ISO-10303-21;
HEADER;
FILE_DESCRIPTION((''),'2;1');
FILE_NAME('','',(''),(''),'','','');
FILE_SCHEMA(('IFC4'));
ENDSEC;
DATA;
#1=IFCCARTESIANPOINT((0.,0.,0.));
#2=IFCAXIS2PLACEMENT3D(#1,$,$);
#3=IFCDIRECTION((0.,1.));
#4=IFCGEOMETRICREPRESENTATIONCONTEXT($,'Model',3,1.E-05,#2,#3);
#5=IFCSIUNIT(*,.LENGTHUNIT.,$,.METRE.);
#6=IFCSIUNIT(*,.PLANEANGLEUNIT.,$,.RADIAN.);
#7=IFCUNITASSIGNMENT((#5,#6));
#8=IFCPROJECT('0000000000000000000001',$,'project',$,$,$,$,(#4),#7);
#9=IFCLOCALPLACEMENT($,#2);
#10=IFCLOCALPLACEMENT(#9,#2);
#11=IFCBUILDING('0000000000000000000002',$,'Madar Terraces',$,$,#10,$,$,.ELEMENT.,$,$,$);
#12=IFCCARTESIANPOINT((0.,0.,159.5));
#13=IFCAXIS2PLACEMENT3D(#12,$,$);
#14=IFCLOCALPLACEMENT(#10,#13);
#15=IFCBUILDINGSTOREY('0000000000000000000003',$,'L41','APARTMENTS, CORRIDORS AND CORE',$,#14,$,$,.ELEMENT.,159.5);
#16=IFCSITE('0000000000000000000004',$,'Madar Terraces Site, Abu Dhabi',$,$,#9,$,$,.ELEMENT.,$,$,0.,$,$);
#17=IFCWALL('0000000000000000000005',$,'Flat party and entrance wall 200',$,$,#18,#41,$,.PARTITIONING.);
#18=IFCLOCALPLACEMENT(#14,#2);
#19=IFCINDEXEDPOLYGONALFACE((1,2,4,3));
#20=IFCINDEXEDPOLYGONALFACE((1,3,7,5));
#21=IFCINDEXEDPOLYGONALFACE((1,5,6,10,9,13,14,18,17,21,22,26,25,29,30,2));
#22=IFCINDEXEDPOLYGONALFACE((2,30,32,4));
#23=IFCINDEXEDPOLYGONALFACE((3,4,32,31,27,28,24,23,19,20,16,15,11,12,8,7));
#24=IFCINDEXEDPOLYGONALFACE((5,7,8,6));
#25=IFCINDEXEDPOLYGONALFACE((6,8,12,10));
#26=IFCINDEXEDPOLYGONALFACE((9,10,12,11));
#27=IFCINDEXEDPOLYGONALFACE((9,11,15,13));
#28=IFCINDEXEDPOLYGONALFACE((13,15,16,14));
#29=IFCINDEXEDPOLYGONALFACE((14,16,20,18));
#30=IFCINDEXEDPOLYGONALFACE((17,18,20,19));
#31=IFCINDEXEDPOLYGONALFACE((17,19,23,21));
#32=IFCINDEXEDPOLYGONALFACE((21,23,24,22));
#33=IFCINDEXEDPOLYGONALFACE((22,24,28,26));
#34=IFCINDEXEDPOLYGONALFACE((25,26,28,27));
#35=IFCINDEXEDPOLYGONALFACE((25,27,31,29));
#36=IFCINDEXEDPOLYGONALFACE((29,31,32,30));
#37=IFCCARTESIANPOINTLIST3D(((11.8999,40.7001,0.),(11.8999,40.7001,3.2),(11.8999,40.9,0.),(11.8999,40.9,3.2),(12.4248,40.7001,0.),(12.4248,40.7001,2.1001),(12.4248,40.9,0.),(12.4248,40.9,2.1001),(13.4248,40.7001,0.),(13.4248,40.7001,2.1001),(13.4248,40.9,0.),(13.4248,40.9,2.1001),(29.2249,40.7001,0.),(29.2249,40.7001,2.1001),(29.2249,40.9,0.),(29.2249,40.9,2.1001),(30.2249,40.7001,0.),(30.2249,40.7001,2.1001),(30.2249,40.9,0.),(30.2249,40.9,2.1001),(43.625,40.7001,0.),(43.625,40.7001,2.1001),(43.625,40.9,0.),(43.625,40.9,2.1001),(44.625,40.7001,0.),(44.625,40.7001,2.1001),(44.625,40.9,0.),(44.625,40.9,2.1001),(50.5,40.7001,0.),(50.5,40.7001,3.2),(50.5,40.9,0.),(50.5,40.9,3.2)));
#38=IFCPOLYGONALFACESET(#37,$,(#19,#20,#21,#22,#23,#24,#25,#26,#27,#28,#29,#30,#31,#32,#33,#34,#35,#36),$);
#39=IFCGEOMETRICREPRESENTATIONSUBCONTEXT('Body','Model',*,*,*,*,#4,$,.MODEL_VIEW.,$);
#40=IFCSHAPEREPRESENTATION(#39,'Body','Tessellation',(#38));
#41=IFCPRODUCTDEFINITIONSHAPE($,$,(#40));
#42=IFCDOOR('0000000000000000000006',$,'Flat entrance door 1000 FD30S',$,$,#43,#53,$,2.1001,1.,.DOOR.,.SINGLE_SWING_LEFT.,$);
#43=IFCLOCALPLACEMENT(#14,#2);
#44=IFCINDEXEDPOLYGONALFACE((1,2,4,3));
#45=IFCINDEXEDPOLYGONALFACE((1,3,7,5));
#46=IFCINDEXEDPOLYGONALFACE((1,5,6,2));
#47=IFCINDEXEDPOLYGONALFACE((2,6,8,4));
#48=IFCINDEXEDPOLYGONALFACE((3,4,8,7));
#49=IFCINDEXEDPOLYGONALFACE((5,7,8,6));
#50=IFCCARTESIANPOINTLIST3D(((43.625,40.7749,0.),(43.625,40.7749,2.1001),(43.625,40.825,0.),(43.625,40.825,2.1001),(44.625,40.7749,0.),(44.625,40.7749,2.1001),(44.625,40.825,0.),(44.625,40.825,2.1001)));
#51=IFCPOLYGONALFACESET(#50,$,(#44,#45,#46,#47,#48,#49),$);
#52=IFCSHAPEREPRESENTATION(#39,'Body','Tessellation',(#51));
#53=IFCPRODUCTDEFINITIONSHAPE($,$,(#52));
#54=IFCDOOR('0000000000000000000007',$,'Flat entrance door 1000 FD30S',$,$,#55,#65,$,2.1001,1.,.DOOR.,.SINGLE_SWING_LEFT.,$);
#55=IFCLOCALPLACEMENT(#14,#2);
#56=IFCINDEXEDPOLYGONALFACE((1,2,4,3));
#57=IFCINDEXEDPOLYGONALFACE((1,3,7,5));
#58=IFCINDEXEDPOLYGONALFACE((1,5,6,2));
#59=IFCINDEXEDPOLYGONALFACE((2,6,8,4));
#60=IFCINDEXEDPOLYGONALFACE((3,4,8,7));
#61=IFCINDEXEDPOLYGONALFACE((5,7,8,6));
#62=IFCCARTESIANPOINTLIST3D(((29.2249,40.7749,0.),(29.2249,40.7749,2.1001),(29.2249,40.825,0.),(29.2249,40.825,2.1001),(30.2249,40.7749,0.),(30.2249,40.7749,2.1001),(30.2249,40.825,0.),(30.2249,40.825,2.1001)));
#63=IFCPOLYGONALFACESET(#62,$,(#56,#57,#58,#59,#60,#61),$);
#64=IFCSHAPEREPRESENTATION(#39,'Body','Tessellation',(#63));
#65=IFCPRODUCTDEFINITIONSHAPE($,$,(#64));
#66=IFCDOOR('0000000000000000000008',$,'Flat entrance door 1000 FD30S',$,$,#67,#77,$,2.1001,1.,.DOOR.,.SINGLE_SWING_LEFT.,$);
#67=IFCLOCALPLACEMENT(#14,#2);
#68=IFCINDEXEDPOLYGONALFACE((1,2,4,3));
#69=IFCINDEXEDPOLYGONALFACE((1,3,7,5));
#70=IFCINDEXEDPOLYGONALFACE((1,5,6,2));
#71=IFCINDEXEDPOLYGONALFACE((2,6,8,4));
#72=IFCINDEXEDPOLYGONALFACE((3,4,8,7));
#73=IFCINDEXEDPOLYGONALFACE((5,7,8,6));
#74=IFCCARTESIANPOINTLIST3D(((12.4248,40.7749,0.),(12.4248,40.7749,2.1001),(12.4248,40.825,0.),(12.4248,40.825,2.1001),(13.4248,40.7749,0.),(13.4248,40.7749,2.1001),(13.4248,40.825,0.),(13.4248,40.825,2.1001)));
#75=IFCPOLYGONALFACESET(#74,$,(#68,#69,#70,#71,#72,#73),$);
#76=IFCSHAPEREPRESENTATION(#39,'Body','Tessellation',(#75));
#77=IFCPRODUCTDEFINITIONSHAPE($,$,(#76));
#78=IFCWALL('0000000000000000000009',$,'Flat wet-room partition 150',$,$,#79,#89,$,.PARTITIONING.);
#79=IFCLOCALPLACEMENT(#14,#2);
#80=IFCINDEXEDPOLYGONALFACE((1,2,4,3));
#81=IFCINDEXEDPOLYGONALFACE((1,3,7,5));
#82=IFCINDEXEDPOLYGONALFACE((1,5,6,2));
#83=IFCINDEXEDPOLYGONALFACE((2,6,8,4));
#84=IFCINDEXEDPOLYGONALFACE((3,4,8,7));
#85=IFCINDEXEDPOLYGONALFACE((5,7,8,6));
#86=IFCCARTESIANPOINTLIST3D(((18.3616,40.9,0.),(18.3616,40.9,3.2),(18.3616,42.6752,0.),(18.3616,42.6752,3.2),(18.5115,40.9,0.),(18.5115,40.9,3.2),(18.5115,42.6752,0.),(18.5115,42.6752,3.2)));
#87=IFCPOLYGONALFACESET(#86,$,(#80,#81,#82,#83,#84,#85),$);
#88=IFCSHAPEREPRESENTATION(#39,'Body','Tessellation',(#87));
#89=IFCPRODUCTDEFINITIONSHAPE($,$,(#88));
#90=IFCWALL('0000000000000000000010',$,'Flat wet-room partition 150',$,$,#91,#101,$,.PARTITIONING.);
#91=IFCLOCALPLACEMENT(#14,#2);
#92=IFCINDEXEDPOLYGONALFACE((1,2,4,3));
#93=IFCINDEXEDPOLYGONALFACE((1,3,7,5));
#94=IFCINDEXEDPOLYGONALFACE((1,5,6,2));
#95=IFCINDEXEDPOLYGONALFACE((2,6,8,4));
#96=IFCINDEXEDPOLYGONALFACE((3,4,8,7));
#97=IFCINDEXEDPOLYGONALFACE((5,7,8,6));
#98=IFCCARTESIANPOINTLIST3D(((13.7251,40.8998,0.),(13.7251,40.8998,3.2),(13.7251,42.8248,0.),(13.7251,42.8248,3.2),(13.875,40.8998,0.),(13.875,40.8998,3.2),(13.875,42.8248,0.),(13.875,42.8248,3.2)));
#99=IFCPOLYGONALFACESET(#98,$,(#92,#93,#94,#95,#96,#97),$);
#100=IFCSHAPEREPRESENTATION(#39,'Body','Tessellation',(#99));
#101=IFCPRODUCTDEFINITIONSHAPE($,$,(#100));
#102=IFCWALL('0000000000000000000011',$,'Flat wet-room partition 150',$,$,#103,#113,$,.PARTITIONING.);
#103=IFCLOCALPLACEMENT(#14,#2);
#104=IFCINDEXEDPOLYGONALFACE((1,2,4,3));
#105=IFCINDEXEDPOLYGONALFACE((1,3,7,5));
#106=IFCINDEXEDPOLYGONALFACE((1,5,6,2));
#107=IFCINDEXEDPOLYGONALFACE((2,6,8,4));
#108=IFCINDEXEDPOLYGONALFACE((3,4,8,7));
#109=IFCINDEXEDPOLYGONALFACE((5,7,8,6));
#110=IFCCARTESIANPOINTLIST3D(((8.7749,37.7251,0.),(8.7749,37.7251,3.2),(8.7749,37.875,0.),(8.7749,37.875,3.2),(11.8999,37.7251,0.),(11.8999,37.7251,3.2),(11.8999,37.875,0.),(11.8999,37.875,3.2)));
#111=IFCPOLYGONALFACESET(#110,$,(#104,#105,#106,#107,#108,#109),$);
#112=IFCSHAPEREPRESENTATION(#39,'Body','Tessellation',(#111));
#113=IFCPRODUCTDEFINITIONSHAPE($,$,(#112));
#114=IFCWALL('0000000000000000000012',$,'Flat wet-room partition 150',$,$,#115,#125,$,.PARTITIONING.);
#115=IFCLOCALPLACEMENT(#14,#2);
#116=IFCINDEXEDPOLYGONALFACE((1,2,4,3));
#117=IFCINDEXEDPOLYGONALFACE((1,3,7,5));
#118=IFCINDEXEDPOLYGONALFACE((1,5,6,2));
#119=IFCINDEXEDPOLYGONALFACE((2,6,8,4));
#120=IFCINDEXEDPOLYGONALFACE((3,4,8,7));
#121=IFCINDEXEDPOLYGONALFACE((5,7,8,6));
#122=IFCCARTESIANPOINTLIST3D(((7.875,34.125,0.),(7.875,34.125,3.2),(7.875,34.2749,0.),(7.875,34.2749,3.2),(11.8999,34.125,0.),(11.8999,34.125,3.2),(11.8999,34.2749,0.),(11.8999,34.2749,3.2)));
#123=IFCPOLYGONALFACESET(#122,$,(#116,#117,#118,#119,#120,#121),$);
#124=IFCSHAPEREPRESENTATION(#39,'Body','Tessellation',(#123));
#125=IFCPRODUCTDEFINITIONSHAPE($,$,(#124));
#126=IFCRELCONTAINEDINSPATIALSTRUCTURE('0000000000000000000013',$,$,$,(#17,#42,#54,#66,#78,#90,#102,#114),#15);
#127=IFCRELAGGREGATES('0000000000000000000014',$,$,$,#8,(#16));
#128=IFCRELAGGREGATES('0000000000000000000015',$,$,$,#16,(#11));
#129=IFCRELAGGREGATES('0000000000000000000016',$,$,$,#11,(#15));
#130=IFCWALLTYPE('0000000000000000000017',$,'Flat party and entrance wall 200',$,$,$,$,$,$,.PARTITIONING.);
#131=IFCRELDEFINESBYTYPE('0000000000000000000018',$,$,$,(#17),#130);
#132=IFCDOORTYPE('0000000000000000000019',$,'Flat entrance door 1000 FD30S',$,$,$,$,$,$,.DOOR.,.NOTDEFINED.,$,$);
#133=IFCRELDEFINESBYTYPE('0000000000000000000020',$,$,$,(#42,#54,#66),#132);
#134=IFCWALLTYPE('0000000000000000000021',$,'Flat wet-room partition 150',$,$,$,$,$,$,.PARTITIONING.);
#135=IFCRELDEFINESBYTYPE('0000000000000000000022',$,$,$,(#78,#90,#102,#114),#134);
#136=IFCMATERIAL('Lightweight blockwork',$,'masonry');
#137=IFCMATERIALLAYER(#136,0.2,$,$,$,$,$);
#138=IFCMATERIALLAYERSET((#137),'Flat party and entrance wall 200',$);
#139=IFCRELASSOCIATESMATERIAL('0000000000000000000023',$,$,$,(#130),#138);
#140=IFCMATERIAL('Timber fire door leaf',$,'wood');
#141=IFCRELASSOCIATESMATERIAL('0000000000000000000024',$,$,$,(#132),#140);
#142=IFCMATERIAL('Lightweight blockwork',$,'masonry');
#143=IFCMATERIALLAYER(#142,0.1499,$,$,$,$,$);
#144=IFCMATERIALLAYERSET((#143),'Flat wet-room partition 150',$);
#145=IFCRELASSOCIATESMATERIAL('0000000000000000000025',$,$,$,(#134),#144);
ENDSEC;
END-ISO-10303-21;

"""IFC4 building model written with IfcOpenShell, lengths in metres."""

from ifc_helpers import new_model, si_unit, direction, frame, frame_2d, origin, place, context, subcontext, project, spatial, rectangle, extrude, material, layer, layer_set, type_object, element, fill, save


model = new_model("IFC4")

# Units and contexts
model_context = context("Model", 3, precision=1e-05, world=origin(), true_north=direction((0.0, 1.0)))
body_context = subcontext(model_context, "Body", "Model", "MODEL_VIEW")
ifc_project = project(units=[si_unit("LENGTHUNIT", "METRE"), si_unit("PLANEANGLEUNIT", "RADIAN")], contexts=[model_context])

# Site, building, storey
site_placement = place(None, origin())
site = spatial("IfcSite", under=ifc_project, at=site_placement, Name="Madar Terraces Site, Abu Dhabi", CompositionType="ELEMENT", RefElevation=0.0)
building_placement = place(site_placement, origin())
building = spatial("IfcBuilding", under=site, at=building_placement, Name="Madar Terraces", CompositionType="ELEMENT")
storey_placement = place(building_placement, frame((0.0, 0.0, 159.5)))
storey = spatial("IfcBuildingStorey", under=building, at=storey_placement, Name="L41", Description="APARTMENTS, CORRIDORS AND CORE", CompositionType="ELEMENT", Elevation=159.5)

# Wall, openings, doors
ifc_material_1 = material(Name="Lightweight blockwork", Category="masonry")
ifc_layer_1 = layer(ifc_material_1, 0.2)
ifc_layer_set_1 = layer_set([ifc_layer_1], Name="Flat party and entrance wall 200")
wall_type_1 = type_object("IfcWallType", Name="Flat party and entrance wall 200", PredefinedType="PARTITIONING", material=ifc_layer_set_1)
wall_1_placement = place(storey_placement, frame((11.8999, 40.8, 0.0), z_axis=(0.0, 0.0, 1.0), x_axis=(1.0, 0.0, 0.0)))
wall_1 = element("IfcWall", 1, at=wall_1_placement, inside=storey, type_object=wall_type_1, Name="Flat party and entrance wall 200", PredefinedType="PARTITIONING", context=body_context, shape_type="SweptSolid", body=[
    extrude(rectangle(XDim=38.6001, YDim=0.2, at=frame_2d((19.3, 0.0))), origin(), (0.0, 0.0, 1.0), 3.2),
])
opening_1_placement = place(wall_1_placement, frame((31.7251, 0.0, 0.0)))
opening_1 = element("IfcOpeningElement", 2, at=opening_1_placement, cuts=wall_1, PredefinedType="OPENING", context=body_context, shape_type="SweptSolid", body=[
    extrude(rectangle(XDim=1.0, YDim=2.1001, at=frame_2d((0.5, 1.05))), frame((0.0, 0.1099, 0.0), z_axis=(0.0, -1.0, 0.0), x_axis=(1.0, 0.0, 0.0)), (0.0, 0.0, 1.0), 0.22),
])
opening_2_placement = place(wall_1_placement, frame((17.325, 0.0, 0.0)))
opening_2 = element("IfcOpeningElement", 3, at=opening_2_placement, cuts=wall_1, PredefinedType="OPENING", context=body_context, shape_type="SweptSolid", body=[
    extrude(rectangle(XDim=1.0, YDim=2.1001, at=frame_2d((0.5, 1.05))), frame((0.0, 0.1099, 0.0), z_axis=(0.0, -1.0, 0.0), x_axis=(1.0, 0.0, 0.0)), (0.0, 0.0, 1.0), 0.22),
])
opening_3_placement = place(wall_1_placement, frame((0.5249, 0.0, 0.0)))
opening_3 = element("IfcOpeningElement", 4, at=opening_3_placement, cuts=wall_1, PredefinedType="OPENING", context=body_context, shape_type="SweptSolid", body=[
    extrude(rectangle(XDim=1.0, YDim=2.1001, at=frame_2d((0.5, 1.05))), frame((0.0, 0.1099, 0.0), z_axis=(0.0, -1.0, 0.0), x_axis=(1.0, 0.0, 0.0)), (0.0, 0.0, 1.0), 0.22),
])
ifc_material_2 = material(Name="Timber fire door leaf", Category="wood")
door_type_1 = type_object("IfcDoorType", Name="Flat entrance door 1000 FD30S", OperationType="NOTDEFINED", PredefinedType="DOOR", material=ifc_material_2)
door_1_placement = place(opening_1_placement, origin())
door_1 = element("IfcDoor", 5, at=door_1_placement, inside=storey, type_object=door_type_1, Name="Flat entrance door 1000 FD30S", OperationType="SINGLE_SWING_LEFT", OverallHeight=2.1001, OverallWidth=1.0, PredefinedType="DOOR", context=body_context, shape_type="SweptSolid", body=[
    extrude(rectangle(XDim=1.0, YDim=2.1001, at=frame_2d((0.5, 1.05))), frame((0.0, 0.0249, 0.0), z_axis=(0.0, -1.0, 0.0), x_axis=(1.0, 0.0, 0.0)), (0.0, 0.0, 1.0), 0.05),
])
fill(opening_1, door_1)
door_2_placement = place(opening_2_placement, origin())
door_2 = element("IfcDoor", 6, at=door_2_placement, inside=storey, type_object=door_type_1, Name="Flat entrance door 1000 FD30S", OperationType="SINGLE_SWING_LEFT", OverallHeight=2.1001, OverallWidth=1.0, PredefinedType="DOOR", context=body_context, shape_type="SweptSolid", body=[
    extrude(rectangle(XDim=1.0, YDim=2.1001, at=frame_2d((0.5, 1.05))), frame((0.0, 0.0249, 0.0), z_axis=(0.0, -1.0, 0.0), x_axis=(1.0, 0.0, 0.0)), (0.0, 0.0, 1.0), 0.05),
])
fill(opening_2, door_2)
door_3_placement = place(opening_3_placement, origin())
door_3 = element("IfcDoor", 7, at=door_3_placement, inside=storey, type_object=door_type_1, Name="Flat entrance door 1000 FD30S", OperationType="SINGLE_SWING_LEFT", OverallHeight=2.1001, OverallWidth=1.0, PredefinedType="DOOR", context=body_context, shape_type="SweptSolid", body=[
    extrude(rectangle(XDim=1.0, YDim=2.1001, at=frame_2d((0.5, 1.05))), frame((0.0, 0.0249, 0.0), z_axis=(0.0, -1.0, 0.0), x_axis=(1.0, 0.0, 0.0)), (0.0, 0.0, 1.0), 0.05),
])
fill(opening_3, door_3)

# Walls
ifc_material_3 = material(Name="Lightweight blockwork", Category="masonry")
ifc_layer_2 = layer(ifc_material_3, 0.1499)
ifc_layer_set_2 = layer_set([ifc_layer_2], Name="Flat wet-room partition 150")
wall_type_2 = type_object("IfcWallType", Name="Flat wet-room partition 150", PredefinedType="PARTITIONING", material=ifc_layer_set_2)
wall_2_placement = place(storey_placement, frame((18.4365, 40.8999, 0.0), z_axis=(0.0, 0.0, 1.0), x_axis=(0.0, 1.0, 0.0)))
element("IfcWall", 8, at=wall_2_placement, inside=storey, type_object=wall_type_2, Name="Flat wet-room partition 150", PredefinedType="PARTITIONING", context=body_context, shape_type="SweptSolid", body=[
    extrude(rectangle(XDim=1.7751, YDim=0.1499, at=frame_2d((0.8877, 0.0))), origin(), (0.0, 0.0, 1.0), 3.2),
])
wall_3_placement = place(storey_placement, frame((13.8, 40.8999, 0.0), z_axis=(0.0, 0.0, 1.0), x_axis=(0.0, 1.0, 0.0)))
element("IfcWall", 9, at=wall_3_placement, inside=storey, type_object=wall_type_2, Name="Flat wet-room partition 150", PredefinedType="PARTITIONING", context=body_context, shape_type="SweptSolid", body=[
    extrude(rectangle(XDim=1.925, YDim=0.1499, at=frame_2d((0.9624, 0.0))), origin(), (0.0, 0.0, 1.0), 3.2),
])
wall_4_placement = place(storey_placement, frame((11.8999, 37.8, 0.0), z_axis=(0.0, 0.0, 1.0), x_axis=(-1.0, 0.0, 0.0)))
element("IfcWall", 10, at=wall_4_placement, inside=storey, type_object=wall_type_2, Name="Flat wet-room partition 150", PredefinedType="PARTITIONING", context=body_context, shape_type="SweptSolid", body=[
    extrude(rectangle(XDim=3.125, YDim=0.1499, at=frame_2d((1.5625, 0.0))), origin(), (0.0, 0.0, 1.0), 3.2),
])
wall_5_placement = place(storey_placement, frame((11.8999, 34.2, 0.0), z_axis=(0.0, 0.0, 1.0), x_axis=(-1.0, 0.0, 0.0)))
element("IfcWall", 11, at=wall_5_placement, inside=storey, type_object=wall_type_2, Name="Flat wet-room partition 150", PredefinedType="PARTITIONING", context=body_context, shape_type="SweptSolid", body=[
    extrude(rectangle(XDim=4.0249, YDim=0.1499, at=frame_2d((2.0125, 0.0))), origin(), (0.0, 0.0, 1.0), 3.2),
])

save(model, "model.ifc")
